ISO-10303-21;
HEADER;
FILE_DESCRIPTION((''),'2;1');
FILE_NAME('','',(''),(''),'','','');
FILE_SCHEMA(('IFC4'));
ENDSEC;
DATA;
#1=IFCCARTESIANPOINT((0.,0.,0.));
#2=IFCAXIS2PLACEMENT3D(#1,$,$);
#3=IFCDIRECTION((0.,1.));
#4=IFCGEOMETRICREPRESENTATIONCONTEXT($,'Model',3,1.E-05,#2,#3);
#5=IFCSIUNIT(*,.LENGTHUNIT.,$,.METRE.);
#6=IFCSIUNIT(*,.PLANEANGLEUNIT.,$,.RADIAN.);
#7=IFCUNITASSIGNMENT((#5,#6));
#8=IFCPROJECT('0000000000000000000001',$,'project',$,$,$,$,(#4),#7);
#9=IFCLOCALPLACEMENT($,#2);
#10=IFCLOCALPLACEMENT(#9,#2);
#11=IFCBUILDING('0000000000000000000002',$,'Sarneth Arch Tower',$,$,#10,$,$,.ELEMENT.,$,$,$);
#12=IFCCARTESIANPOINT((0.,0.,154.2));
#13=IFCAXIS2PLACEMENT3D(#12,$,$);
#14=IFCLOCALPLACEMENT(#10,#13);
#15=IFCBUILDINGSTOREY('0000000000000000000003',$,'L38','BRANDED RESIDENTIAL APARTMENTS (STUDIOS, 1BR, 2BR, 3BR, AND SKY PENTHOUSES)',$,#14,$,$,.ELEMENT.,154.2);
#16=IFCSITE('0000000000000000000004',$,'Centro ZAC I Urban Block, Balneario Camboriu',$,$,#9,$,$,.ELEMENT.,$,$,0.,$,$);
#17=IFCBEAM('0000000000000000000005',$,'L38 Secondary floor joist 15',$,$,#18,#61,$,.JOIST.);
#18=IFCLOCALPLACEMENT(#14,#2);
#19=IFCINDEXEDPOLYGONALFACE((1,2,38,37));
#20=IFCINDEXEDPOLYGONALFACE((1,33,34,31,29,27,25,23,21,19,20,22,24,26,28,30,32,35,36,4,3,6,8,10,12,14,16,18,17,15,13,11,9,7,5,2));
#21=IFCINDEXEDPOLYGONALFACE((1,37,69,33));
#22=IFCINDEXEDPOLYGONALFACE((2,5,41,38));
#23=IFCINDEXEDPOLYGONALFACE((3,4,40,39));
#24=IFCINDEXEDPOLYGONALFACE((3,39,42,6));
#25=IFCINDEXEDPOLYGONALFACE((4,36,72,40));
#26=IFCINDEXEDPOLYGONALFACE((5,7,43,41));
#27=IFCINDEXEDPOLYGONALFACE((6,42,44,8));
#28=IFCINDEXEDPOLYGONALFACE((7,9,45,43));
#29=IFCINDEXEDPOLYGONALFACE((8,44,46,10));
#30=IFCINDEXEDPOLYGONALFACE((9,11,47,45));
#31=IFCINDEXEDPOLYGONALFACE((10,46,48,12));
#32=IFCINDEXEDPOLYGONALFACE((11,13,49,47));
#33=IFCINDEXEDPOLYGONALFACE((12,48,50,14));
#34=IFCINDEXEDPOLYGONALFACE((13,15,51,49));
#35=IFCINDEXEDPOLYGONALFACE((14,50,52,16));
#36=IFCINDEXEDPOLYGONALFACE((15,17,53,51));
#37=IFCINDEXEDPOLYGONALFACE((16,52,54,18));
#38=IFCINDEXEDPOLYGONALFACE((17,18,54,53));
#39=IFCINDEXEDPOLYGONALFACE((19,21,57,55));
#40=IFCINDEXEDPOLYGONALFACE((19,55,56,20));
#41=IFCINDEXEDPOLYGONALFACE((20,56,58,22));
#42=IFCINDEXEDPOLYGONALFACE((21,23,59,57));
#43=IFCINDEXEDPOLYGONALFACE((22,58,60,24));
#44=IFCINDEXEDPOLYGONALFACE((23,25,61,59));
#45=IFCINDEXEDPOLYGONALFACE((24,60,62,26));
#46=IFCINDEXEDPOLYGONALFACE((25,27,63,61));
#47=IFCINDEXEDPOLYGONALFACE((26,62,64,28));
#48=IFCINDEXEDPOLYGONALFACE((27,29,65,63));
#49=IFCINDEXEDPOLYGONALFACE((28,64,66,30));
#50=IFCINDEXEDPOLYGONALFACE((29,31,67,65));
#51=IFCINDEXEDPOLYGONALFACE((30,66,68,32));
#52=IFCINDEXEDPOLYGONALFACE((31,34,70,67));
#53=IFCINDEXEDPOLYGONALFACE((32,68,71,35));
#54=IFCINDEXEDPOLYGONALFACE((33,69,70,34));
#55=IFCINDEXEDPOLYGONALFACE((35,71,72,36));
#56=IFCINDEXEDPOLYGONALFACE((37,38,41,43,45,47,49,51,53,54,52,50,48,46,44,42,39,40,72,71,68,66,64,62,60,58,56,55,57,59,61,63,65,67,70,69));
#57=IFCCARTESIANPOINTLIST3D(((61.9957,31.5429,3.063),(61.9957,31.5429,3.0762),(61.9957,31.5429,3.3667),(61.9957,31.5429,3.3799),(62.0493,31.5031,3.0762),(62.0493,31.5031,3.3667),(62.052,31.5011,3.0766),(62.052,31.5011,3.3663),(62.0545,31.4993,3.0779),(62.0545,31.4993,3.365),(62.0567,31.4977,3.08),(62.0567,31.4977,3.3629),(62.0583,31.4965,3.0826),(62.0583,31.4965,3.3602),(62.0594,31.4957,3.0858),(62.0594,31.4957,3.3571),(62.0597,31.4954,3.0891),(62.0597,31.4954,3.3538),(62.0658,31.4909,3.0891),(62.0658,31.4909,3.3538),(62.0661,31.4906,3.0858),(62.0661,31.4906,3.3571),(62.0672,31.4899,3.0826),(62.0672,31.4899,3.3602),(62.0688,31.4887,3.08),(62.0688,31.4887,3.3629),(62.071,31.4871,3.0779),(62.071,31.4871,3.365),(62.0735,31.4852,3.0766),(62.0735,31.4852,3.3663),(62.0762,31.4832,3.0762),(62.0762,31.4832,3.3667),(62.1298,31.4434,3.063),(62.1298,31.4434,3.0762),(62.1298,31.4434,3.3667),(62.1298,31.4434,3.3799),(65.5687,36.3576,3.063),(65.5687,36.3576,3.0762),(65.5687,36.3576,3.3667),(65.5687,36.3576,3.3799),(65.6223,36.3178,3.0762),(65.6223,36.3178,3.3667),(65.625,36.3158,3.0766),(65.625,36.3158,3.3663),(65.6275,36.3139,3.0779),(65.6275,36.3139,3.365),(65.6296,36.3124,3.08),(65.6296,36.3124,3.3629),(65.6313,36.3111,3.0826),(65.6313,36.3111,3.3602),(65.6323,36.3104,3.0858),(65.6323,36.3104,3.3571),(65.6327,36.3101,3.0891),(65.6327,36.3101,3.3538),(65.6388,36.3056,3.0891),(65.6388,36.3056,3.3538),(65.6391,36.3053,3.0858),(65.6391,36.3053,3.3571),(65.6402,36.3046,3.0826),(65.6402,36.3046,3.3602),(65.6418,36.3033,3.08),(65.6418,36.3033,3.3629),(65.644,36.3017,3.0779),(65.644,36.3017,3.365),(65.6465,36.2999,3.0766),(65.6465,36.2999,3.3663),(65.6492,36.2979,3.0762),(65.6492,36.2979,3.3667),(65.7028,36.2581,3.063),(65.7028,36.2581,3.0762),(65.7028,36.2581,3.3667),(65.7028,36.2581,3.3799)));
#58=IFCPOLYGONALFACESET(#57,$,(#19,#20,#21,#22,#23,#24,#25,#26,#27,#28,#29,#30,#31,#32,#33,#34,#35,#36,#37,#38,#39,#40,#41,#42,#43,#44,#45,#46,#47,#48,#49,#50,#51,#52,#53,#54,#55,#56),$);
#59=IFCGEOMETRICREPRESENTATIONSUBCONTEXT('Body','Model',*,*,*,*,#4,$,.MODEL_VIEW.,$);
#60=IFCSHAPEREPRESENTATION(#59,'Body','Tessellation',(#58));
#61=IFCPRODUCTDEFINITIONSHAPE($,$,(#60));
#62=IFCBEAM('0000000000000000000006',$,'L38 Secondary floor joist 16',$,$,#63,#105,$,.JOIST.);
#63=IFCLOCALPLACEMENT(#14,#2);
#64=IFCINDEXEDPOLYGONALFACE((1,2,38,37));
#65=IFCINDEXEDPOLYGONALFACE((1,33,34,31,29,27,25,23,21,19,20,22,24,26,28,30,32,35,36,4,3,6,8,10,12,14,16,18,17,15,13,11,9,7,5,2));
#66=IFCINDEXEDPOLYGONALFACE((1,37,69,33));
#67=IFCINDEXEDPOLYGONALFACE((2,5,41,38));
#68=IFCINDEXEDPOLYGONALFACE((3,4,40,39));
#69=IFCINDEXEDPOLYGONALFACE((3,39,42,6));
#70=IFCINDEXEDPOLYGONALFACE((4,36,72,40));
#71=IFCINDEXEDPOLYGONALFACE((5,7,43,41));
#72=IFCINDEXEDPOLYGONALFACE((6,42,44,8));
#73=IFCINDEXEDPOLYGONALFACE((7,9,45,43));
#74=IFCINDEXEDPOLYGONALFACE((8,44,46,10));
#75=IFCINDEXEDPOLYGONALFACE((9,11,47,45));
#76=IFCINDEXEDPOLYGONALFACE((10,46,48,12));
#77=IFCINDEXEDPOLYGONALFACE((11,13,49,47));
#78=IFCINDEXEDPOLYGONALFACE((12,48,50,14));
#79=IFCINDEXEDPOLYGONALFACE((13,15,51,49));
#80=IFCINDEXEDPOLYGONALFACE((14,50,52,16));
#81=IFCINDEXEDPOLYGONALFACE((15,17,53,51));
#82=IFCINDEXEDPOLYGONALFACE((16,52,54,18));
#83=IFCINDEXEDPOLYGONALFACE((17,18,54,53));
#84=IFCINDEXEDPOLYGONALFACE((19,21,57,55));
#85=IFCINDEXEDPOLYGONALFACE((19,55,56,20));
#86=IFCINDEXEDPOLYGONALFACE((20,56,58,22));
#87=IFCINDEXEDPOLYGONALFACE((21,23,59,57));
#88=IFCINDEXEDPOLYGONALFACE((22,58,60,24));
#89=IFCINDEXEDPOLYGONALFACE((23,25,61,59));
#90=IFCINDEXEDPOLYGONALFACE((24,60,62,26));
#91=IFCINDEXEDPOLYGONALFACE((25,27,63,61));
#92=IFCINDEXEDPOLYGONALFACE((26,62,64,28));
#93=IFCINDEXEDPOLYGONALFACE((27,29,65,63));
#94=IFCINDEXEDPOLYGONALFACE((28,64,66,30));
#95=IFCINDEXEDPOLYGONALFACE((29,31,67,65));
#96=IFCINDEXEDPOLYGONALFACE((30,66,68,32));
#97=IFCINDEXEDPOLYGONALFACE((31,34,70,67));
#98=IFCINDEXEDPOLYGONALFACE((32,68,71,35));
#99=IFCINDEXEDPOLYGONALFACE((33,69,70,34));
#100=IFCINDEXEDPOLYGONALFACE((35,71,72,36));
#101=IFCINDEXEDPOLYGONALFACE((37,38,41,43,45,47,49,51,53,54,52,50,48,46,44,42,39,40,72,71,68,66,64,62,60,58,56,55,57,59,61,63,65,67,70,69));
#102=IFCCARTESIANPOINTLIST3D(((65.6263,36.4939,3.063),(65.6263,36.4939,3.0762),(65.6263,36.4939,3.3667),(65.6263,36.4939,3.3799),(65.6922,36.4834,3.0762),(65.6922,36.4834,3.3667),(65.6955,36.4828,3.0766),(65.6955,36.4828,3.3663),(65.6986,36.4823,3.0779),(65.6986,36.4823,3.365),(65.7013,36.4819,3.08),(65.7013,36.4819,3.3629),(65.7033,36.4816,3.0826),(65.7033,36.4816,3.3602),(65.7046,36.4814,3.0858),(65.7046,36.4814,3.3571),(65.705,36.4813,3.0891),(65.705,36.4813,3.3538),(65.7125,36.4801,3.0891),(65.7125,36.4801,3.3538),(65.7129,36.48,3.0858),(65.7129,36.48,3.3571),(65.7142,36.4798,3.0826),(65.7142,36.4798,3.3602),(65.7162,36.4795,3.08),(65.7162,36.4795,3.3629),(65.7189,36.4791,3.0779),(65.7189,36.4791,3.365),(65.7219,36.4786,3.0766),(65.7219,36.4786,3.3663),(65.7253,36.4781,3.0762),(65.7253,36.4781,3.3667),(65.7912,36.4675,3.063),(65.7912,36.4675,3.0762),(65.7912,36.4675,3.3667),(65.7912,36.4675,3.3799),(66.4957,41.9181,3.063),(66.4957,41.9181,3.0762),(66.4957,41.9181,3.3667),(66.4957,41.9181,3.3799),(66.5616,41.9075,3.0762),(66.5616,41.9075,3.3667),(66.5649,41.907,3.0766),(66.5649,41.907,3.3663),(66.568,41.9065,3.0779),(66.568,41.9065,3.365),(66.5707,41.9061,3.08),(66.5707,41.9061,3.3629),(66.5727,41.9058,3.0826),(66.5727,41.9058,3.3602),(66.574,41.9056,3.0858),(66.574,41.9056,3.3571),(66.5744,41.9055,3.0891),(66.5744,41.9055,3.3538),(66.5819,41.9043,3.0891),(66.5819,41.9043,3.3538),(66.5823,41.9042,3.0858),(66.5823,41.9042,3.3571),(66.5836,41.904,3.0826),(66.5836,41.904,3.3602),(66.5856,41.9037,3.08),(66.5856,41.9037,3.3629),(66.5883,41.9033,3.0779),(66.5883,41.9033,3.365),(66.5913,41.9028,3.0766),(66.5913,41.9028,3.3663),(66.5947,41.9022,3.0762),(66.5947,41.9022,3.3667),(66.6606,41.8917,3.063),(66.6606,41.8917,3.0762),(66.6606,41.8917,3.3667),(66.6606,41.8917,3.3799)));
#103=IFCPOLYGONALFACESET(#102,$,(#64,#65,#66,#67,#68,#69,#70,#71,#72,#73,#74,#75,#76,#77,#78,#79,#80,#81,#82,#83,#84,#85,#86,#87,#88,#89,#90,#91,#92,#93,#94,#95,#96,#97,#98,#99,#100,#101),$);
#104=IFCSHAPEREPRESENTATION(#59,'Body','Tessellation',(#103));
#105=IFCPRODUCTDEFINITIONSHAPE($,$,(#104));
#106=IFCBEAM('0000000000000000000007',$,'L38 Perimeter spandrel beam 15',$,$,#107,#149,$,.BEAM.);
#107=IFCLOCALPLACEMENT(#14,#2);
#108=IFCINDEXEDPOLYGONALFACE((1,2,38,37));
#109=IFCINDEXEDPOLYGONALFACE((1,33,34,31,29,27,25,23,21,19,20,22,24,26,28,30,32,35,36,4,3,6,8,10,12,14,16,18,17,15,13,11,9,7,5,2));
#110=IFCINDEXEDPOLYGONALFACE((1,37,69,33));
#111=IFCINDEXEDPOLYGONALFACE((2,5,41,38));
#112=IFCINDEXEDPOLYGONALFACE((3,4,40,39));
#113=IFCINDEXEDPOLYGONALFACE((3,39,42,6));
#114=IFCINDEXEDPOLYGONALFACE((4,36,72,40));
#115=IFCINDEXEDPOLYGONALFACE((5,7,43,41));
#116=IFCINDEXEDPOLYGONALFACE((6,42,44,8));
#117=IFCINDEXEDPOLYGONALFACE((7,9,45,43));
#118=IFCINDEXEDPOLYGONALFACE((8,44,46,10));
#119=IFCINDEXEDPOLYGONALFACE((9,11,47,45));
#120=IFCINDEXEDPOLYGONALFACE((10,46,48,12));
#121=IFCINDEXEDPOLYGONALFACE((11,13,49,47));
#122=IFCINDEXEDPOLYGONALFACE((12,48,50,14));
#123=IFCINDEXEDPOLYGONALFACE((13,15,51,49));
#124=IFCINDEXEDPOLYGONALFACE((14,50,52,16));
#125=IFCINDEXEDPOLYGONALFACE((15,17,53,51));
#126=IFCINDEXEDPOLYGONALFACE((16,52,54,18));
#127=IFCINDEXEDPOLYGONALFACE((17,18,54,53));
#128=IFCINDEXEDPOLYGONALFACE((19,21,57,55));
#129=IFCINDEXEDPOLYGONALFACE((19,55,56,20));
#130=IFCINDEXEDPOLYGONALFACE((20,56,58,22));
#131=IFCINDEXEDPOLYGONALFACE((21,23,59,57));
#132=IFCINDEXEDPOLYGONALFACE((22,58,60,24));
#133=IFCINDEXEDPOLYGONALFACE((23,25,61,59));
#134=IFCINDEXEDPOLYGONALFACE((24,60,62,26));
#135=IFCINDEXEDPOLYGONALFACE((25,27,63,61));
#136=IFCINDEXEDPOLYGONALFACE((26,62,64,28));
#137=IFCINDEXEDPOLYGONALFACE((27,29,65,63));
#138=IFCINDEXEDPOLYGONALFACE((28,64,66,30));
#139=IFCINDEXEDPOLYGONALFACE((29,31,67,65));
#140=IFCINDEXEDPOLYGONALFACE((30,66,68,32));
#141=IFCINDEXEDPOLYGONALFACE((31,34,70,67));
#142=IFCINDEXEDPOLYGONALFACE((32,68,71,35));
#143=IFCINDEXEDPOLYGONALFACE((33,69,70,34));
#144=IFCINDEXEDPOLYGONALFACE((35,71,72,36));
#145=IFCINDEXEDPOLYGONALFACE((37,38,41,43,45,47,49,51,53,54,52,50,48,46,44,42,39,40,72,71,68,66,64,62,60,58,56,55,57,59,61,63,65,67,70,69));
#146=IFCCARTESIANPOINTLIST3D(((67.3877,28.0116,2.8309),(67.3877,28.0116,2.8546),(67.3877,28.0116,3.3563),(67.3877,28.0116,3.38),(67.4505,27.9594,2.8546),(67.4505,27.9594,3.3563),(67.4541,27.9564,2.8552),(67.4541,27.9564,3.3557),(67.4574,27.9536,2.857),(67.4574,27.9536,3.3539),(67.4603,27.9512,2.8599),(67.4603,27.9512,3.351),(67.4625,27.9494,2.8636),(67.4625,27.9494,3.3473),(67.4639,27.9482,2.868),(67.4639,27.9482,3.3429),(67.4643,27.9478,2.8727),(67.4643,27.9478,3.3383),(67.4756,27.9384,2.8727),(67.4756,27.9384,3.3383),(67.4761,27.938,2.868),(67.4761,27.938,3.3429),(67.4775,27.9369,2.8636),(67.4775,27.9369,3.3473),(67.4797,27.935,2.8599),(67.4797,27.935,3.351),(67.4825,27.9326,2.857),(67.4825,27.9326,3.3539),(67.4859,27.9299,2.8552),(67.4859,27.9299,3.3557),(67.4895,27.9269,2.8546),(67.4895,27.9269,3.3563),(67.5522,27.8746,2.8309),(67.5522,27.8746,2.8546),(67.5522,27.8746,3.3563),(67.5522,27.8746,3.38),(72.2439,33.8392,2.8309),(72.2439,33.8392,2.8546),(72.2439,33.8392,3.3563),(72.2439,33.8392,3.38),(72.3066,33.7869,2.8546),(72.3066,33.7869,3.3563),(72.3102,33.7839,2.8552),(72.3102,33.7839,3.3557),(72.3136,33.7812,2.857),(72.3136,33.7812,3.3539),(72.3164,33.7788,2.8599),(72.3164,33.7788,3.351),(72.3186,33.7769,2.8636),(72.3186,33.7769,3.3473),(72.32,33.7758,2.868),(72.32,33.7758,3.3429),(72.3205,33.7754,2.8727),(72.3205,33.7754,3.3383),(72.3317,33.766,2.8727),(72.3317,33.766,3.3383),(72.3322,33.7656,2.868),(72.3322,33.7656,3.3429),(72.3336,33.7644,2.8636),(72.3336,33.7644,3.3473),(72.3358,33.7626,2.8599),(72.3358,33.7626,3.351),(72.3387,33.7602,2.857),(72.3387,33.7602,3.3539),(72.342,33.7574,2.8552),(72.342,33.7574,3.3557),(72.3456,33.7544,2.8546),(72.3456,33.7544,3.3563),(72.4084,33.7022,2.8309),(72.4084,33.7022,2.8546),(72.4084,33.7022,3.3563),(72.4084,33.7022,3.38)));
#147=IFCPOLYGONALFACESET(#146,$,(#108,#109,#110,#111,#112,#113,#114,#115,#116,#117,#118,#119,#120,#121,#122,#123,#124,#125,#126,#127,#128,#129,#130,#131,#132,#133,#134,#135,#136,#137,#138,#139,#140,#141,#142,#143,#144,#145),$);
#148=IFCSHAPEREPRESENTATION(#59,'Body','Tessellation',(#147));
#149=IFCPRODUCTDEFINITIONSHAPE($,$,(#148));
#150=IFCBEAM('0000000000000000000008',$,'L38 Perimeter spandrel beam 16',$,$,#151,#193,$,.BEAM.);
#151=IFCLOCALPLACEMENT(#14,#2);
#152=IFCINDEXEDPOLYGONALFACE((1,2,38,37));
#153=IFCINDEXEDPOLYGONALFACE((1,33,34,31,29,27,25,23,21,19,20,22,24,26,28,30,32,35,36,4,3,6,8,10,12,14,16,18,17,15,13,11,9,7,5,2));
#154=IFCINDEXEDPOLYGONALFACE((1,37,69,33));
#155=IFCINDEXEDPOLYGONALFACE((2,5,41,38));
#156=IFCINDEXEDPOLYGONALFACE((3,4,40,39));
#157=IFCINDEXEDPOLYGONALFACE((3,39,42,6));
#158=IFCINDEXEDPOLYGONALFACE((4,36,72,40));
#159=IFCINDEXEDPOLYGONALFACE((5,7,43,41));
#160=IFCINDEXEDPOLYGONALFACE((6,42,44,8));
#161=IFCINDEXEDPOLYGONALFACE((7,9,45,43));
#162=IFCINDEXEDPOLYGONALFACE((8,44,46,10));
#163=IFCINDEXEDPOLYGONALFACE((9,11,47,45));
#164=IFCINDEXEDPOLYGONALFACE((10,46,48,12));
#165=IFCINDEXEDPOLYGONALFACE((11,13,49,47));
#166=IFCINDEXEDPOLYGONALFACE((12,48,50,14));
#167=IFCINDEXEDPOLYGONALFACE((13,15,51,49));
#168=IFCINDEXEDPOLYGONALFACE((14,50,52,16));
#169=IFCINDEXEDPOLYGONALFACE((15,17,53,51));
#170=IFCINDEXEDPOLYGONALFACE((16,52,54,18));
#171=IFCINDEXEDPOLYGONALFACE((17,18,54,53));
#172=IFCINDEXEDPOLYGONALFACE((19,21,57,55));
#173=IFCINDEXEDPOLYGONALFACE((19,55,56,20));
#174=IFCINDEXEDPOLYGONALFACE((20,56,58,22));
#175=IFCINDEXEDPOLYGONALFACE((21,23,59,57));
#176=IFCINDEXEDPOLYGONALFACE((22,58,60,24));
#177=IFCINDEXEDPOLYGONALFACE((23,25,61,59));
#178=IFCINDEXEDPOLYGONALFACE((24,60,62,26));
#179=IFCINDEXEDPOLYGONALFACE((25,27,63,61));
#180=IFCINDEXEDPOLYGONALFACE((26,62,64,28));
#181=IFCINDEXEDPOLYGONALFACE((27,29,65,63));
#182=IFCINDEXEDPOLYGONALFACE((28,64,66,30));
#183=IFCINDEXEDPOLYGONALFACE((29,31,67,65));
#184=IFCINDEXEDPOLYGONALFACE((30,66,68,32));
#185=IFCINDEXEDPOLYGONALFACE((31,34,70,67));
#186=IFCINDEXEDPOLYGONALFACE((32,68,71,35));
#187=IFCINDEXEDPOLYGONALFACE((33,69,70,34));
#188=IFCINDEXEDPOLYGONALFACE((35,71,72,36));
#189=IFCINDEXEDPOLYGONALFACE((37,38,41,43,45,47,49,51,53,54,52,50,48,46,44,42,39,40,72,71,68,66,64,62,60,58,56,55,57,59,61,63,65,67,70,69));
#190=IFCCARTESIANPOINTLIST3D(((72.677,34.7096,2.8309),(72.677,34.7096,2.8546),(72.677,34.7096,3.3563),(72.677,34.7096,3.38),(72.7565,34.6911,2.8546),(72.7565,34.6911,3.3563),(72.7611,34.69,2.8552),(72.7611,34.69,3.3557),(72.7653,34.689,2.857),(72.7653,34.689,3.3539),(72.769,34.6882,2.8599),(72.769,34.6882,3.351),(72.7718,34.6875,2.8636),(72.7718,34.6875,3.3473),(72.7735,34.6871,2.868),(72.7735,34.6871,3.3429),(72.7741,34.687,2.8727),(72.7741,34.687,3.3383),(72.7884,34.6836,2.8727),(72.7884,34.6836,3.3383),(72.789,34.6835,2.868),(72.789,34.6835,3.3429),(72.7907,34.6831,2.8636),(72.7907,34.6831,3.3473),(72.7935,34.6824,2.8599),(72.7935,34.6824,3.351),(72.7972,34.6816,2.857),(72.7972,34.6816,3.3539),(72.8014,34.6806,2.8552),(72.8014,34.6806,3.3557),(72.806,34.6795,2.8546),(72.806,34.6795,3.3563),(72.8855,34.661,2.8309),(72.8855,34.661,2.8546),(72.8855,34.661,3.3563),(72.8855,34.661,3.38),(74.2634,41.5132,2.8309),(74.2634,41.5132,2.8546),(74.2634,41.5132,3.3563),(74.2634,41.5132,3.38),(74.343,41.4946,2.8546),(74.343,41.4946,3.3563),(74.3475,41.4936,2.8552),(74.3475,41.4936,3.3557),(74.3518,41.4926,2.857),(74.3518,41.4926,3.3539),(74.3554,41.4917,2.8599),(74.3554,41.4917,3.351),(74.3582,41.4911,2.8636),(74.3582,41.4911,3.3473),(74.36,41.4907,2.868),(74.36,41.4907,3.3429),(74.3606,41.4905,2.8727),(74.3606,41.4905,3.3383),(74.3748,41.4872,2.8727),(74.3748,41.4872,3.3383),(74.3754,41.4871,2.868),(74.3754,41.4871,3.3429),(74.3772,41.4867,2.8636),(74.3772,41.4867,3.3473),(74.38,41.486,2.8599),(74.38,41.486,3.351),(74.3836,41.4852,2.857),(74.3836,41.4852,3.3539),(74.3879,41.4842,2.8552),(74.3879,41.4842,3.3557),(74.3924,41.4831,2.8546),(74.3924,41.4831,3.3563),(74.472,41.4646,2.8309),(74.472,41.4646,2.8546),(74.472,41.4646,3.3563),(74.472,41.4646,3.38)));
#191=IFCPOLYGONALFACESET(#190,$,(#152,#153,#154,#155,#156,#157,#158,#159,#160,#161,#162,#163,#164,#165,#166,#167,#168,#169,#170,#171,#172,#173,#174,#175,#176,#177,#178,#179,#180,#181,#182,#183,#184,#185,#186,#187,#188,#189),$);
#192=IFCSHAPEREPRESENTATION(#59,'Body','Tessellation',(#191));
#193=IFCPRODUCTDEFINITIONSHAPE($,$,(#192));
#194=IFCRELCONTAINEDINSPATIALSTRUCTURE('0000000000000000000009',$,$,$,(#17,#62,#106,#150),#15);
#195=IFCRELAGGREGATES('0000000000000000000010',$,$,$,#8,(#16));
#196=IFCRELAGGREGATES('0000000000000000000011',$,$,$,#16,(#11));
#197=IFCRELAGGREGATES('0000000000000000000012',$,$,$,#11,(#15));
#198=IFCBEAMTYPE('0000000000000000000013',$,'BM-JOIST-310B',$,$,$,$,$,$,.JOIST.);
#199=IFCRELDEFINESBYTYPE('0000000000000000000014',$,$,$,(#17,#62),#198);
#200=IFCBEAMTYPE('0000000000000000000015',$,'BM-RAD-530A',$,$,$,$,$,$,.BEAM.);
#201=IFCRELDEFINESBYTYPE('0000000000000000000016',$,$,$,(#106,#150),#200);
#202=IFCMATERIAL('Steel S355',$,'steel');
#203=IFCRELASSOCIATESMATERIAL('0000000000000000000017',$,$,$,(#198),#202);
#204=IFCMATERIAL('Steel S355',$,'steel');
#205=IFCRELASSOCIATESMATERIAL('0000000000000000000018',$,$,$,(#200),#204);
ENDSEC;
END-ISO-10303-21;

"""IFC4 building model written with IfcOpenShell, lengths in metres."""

from ifc_helpers import new_model, si_unit, direction, frame, origin, origin_2d, place, context, subcontext, project, spatial, i_section, extrude, material, material_profile, profile_set, type_object, element, save


model = new_model("IFC4")

# Units and contexts
model_context = context("Model", 3, precision=1e-05, world=origin(), true_north=direction((0.0, 1.0)))
body_context = subcontext(model_context, "Body", "Model", "MODEL_VIEW")
ifc_project = project(units=[si_unit("LENGTHUNIT", "METRE"), si_unit("PLANEANGLEUNIT", "RADIAN")], contexts=[model_context])

# Site, building, storey
site_placement = place(None, origin())
site = spatial("IfcSite", under=ifc_project, at=site_placement, Name="Centro ZAC I Urban Block, Balneario Camboriu", CompositionType="ELEMENT", RefElevation=0.0)
building_placement = place(site_placement, origin())
building = spatial("IfcBuilding", under=site, at=building_placement, Name="Sarneth Arch Tower", CompositionType="ELEMENT")
storey_placement = place(building_placement, frame((0.0, 0.0, 154.2)))
storey = spatial("IfcBuildingStorey", under=building, at=storey_placement, Name="L38", Description="BRANDED RESIDENTIAL APARTMENTS (STUDIOS, 1BR, 2BR, 3BR, AND SKY PENTHOUSES)", CompositionType="ELEMENT", Elevation=154.2)

# Beams
ifc_material_1 = material(Name="Steel S355", Category="steel")
ifc_material_profile_1 = material_profile(ifc_material_1, i_section(OverallWidth=0.167, OverallDepth=0.3169, WebThickness=0.0076, FlangeThickness=0.0132, FilletRadius=0.0129, at=origin_2d()), Name="W310x52")
ifc_profile_set_1 = profile_set([ifc_material_profile_1], Name="Steel S355")
beam_type_1 = type_object("IfcBeamType", Name="BM-JOIST-310B", PredefinedType="JOIST", material=ifc_profile_set_1)
beam_1_placement = place(storey_placement, frame((62.0627, 31.4932, 3.2214), z_axis=(0.595933, 0.803034, 0.0), x_axis=(-0.803034, 0.595933, 0.0)))
element("IfcBeam", 1, at=beam_1_placement, inside=storey, type_object=beam_type_1, Name="L38 Secondary floor joist 15", PredefinedType="JOIST", context=body_context, shape_type="SweptSolid", body=[
    extrude(i_section(OverallWidth=0.167, OverallDepth=0.3169, WebThickness=0.0076, FlangeThickness=0.0132, FilletRadius=0.0129, at=origin_2d()), origin(), (0.0, 0.0, 1.0), 5.9956),
])
beam_2_placement = place(storey_placement, frame((65.7087, 36.4807, 3.2214), z_axis=(0.158263, 0.987397, 0.0), x_axis=(-0.987397, 0.158263, 0.0)))
element("IfcBeam", 2, at=beam_2_placement, inside=storey, type_object=beam_type_1, Name="L38 Secondary floor joist 16", PredefinedType="JOIST", context=body_context, shape_type="SweptSolid", body=[
    extrude(i_section(OverallWidth=0.167, OverallDepth=0.3169, WebThickness=0.0076, FlangeThickness=0.0132, FilletRadius=0.0129, at=origin_2d()), origin(), (0.0, 0.0, 1.0), 5.4934),
])
ifc_material_2 = material(Name="Steel S355", Category="steel")
ifc_material_profile_2 = material_profile(ifc_material_2, i_section(OverallWidth=0.2141, OverallDepth=0.5491, WebThickness=0.0146, FlangeThickness=0.0237, FilletRadius=0.0181, at=origin_2d()), Name="W530x138")
ifc_profile_set_2 = profile_set([ifc_material_profile_2], Name="Steel S355")
beam_type_2 = type_object("IfcBeamType", Name="BM-RAD-530A", PredefinedType="BEAM", material=ifc_profile_set_2)
beam_3_placement = place(storey_placement, frame((67.47, 27.9431, 3.1055), z_axis=(0.640172, 0.768232, 0.0), x_axis=(-0.768232, 0.640172, 0.0)))
element("IfcBeam", 3, at=beam_3_placement, inside=storey, type_object=beam_type_2, Name="L38 Perimeter spandrel beam 15", PredefinedType="BEAM", context=body_context, shape_type="SweptSolid", body=[
    extrude(i_section(OverallWidth=0.2141, OverallDepth=0.5491, WebThickness=0.0146, FlangeThickness=0.0237, FilletRadius=0.0181, at=origin_2d()), origin(), (0.0, 0.0, 1.0), 7.5857),
])
beam_4_placement = place(storey_placement, frame((72.7812, 34.6853, 3.1055), z_axis=(0.227087, 0.973874, 0.0), x_axis=(-0.973874, 0.227087, 0.0)))
element("IfcBeam", 4, at=beam_4_placement, inside=storey, type_object=beam_type_2, Name="L38 Perimeter spandrel beam 16", PredefinedType="BEAM", context=body_context, shape_type="SweptSolid", body=[
    extrude(i_section(OverallWidth=0.2141, OverallDepth=0.5491, WebThickness=0.0146, FlangeThickness=0.0237, FilletRadius=0.0181, at=origin_2d()), origin(), (0.0, 0.0, 1.0), 6.9861),
])

save(model, "model.ifc")
